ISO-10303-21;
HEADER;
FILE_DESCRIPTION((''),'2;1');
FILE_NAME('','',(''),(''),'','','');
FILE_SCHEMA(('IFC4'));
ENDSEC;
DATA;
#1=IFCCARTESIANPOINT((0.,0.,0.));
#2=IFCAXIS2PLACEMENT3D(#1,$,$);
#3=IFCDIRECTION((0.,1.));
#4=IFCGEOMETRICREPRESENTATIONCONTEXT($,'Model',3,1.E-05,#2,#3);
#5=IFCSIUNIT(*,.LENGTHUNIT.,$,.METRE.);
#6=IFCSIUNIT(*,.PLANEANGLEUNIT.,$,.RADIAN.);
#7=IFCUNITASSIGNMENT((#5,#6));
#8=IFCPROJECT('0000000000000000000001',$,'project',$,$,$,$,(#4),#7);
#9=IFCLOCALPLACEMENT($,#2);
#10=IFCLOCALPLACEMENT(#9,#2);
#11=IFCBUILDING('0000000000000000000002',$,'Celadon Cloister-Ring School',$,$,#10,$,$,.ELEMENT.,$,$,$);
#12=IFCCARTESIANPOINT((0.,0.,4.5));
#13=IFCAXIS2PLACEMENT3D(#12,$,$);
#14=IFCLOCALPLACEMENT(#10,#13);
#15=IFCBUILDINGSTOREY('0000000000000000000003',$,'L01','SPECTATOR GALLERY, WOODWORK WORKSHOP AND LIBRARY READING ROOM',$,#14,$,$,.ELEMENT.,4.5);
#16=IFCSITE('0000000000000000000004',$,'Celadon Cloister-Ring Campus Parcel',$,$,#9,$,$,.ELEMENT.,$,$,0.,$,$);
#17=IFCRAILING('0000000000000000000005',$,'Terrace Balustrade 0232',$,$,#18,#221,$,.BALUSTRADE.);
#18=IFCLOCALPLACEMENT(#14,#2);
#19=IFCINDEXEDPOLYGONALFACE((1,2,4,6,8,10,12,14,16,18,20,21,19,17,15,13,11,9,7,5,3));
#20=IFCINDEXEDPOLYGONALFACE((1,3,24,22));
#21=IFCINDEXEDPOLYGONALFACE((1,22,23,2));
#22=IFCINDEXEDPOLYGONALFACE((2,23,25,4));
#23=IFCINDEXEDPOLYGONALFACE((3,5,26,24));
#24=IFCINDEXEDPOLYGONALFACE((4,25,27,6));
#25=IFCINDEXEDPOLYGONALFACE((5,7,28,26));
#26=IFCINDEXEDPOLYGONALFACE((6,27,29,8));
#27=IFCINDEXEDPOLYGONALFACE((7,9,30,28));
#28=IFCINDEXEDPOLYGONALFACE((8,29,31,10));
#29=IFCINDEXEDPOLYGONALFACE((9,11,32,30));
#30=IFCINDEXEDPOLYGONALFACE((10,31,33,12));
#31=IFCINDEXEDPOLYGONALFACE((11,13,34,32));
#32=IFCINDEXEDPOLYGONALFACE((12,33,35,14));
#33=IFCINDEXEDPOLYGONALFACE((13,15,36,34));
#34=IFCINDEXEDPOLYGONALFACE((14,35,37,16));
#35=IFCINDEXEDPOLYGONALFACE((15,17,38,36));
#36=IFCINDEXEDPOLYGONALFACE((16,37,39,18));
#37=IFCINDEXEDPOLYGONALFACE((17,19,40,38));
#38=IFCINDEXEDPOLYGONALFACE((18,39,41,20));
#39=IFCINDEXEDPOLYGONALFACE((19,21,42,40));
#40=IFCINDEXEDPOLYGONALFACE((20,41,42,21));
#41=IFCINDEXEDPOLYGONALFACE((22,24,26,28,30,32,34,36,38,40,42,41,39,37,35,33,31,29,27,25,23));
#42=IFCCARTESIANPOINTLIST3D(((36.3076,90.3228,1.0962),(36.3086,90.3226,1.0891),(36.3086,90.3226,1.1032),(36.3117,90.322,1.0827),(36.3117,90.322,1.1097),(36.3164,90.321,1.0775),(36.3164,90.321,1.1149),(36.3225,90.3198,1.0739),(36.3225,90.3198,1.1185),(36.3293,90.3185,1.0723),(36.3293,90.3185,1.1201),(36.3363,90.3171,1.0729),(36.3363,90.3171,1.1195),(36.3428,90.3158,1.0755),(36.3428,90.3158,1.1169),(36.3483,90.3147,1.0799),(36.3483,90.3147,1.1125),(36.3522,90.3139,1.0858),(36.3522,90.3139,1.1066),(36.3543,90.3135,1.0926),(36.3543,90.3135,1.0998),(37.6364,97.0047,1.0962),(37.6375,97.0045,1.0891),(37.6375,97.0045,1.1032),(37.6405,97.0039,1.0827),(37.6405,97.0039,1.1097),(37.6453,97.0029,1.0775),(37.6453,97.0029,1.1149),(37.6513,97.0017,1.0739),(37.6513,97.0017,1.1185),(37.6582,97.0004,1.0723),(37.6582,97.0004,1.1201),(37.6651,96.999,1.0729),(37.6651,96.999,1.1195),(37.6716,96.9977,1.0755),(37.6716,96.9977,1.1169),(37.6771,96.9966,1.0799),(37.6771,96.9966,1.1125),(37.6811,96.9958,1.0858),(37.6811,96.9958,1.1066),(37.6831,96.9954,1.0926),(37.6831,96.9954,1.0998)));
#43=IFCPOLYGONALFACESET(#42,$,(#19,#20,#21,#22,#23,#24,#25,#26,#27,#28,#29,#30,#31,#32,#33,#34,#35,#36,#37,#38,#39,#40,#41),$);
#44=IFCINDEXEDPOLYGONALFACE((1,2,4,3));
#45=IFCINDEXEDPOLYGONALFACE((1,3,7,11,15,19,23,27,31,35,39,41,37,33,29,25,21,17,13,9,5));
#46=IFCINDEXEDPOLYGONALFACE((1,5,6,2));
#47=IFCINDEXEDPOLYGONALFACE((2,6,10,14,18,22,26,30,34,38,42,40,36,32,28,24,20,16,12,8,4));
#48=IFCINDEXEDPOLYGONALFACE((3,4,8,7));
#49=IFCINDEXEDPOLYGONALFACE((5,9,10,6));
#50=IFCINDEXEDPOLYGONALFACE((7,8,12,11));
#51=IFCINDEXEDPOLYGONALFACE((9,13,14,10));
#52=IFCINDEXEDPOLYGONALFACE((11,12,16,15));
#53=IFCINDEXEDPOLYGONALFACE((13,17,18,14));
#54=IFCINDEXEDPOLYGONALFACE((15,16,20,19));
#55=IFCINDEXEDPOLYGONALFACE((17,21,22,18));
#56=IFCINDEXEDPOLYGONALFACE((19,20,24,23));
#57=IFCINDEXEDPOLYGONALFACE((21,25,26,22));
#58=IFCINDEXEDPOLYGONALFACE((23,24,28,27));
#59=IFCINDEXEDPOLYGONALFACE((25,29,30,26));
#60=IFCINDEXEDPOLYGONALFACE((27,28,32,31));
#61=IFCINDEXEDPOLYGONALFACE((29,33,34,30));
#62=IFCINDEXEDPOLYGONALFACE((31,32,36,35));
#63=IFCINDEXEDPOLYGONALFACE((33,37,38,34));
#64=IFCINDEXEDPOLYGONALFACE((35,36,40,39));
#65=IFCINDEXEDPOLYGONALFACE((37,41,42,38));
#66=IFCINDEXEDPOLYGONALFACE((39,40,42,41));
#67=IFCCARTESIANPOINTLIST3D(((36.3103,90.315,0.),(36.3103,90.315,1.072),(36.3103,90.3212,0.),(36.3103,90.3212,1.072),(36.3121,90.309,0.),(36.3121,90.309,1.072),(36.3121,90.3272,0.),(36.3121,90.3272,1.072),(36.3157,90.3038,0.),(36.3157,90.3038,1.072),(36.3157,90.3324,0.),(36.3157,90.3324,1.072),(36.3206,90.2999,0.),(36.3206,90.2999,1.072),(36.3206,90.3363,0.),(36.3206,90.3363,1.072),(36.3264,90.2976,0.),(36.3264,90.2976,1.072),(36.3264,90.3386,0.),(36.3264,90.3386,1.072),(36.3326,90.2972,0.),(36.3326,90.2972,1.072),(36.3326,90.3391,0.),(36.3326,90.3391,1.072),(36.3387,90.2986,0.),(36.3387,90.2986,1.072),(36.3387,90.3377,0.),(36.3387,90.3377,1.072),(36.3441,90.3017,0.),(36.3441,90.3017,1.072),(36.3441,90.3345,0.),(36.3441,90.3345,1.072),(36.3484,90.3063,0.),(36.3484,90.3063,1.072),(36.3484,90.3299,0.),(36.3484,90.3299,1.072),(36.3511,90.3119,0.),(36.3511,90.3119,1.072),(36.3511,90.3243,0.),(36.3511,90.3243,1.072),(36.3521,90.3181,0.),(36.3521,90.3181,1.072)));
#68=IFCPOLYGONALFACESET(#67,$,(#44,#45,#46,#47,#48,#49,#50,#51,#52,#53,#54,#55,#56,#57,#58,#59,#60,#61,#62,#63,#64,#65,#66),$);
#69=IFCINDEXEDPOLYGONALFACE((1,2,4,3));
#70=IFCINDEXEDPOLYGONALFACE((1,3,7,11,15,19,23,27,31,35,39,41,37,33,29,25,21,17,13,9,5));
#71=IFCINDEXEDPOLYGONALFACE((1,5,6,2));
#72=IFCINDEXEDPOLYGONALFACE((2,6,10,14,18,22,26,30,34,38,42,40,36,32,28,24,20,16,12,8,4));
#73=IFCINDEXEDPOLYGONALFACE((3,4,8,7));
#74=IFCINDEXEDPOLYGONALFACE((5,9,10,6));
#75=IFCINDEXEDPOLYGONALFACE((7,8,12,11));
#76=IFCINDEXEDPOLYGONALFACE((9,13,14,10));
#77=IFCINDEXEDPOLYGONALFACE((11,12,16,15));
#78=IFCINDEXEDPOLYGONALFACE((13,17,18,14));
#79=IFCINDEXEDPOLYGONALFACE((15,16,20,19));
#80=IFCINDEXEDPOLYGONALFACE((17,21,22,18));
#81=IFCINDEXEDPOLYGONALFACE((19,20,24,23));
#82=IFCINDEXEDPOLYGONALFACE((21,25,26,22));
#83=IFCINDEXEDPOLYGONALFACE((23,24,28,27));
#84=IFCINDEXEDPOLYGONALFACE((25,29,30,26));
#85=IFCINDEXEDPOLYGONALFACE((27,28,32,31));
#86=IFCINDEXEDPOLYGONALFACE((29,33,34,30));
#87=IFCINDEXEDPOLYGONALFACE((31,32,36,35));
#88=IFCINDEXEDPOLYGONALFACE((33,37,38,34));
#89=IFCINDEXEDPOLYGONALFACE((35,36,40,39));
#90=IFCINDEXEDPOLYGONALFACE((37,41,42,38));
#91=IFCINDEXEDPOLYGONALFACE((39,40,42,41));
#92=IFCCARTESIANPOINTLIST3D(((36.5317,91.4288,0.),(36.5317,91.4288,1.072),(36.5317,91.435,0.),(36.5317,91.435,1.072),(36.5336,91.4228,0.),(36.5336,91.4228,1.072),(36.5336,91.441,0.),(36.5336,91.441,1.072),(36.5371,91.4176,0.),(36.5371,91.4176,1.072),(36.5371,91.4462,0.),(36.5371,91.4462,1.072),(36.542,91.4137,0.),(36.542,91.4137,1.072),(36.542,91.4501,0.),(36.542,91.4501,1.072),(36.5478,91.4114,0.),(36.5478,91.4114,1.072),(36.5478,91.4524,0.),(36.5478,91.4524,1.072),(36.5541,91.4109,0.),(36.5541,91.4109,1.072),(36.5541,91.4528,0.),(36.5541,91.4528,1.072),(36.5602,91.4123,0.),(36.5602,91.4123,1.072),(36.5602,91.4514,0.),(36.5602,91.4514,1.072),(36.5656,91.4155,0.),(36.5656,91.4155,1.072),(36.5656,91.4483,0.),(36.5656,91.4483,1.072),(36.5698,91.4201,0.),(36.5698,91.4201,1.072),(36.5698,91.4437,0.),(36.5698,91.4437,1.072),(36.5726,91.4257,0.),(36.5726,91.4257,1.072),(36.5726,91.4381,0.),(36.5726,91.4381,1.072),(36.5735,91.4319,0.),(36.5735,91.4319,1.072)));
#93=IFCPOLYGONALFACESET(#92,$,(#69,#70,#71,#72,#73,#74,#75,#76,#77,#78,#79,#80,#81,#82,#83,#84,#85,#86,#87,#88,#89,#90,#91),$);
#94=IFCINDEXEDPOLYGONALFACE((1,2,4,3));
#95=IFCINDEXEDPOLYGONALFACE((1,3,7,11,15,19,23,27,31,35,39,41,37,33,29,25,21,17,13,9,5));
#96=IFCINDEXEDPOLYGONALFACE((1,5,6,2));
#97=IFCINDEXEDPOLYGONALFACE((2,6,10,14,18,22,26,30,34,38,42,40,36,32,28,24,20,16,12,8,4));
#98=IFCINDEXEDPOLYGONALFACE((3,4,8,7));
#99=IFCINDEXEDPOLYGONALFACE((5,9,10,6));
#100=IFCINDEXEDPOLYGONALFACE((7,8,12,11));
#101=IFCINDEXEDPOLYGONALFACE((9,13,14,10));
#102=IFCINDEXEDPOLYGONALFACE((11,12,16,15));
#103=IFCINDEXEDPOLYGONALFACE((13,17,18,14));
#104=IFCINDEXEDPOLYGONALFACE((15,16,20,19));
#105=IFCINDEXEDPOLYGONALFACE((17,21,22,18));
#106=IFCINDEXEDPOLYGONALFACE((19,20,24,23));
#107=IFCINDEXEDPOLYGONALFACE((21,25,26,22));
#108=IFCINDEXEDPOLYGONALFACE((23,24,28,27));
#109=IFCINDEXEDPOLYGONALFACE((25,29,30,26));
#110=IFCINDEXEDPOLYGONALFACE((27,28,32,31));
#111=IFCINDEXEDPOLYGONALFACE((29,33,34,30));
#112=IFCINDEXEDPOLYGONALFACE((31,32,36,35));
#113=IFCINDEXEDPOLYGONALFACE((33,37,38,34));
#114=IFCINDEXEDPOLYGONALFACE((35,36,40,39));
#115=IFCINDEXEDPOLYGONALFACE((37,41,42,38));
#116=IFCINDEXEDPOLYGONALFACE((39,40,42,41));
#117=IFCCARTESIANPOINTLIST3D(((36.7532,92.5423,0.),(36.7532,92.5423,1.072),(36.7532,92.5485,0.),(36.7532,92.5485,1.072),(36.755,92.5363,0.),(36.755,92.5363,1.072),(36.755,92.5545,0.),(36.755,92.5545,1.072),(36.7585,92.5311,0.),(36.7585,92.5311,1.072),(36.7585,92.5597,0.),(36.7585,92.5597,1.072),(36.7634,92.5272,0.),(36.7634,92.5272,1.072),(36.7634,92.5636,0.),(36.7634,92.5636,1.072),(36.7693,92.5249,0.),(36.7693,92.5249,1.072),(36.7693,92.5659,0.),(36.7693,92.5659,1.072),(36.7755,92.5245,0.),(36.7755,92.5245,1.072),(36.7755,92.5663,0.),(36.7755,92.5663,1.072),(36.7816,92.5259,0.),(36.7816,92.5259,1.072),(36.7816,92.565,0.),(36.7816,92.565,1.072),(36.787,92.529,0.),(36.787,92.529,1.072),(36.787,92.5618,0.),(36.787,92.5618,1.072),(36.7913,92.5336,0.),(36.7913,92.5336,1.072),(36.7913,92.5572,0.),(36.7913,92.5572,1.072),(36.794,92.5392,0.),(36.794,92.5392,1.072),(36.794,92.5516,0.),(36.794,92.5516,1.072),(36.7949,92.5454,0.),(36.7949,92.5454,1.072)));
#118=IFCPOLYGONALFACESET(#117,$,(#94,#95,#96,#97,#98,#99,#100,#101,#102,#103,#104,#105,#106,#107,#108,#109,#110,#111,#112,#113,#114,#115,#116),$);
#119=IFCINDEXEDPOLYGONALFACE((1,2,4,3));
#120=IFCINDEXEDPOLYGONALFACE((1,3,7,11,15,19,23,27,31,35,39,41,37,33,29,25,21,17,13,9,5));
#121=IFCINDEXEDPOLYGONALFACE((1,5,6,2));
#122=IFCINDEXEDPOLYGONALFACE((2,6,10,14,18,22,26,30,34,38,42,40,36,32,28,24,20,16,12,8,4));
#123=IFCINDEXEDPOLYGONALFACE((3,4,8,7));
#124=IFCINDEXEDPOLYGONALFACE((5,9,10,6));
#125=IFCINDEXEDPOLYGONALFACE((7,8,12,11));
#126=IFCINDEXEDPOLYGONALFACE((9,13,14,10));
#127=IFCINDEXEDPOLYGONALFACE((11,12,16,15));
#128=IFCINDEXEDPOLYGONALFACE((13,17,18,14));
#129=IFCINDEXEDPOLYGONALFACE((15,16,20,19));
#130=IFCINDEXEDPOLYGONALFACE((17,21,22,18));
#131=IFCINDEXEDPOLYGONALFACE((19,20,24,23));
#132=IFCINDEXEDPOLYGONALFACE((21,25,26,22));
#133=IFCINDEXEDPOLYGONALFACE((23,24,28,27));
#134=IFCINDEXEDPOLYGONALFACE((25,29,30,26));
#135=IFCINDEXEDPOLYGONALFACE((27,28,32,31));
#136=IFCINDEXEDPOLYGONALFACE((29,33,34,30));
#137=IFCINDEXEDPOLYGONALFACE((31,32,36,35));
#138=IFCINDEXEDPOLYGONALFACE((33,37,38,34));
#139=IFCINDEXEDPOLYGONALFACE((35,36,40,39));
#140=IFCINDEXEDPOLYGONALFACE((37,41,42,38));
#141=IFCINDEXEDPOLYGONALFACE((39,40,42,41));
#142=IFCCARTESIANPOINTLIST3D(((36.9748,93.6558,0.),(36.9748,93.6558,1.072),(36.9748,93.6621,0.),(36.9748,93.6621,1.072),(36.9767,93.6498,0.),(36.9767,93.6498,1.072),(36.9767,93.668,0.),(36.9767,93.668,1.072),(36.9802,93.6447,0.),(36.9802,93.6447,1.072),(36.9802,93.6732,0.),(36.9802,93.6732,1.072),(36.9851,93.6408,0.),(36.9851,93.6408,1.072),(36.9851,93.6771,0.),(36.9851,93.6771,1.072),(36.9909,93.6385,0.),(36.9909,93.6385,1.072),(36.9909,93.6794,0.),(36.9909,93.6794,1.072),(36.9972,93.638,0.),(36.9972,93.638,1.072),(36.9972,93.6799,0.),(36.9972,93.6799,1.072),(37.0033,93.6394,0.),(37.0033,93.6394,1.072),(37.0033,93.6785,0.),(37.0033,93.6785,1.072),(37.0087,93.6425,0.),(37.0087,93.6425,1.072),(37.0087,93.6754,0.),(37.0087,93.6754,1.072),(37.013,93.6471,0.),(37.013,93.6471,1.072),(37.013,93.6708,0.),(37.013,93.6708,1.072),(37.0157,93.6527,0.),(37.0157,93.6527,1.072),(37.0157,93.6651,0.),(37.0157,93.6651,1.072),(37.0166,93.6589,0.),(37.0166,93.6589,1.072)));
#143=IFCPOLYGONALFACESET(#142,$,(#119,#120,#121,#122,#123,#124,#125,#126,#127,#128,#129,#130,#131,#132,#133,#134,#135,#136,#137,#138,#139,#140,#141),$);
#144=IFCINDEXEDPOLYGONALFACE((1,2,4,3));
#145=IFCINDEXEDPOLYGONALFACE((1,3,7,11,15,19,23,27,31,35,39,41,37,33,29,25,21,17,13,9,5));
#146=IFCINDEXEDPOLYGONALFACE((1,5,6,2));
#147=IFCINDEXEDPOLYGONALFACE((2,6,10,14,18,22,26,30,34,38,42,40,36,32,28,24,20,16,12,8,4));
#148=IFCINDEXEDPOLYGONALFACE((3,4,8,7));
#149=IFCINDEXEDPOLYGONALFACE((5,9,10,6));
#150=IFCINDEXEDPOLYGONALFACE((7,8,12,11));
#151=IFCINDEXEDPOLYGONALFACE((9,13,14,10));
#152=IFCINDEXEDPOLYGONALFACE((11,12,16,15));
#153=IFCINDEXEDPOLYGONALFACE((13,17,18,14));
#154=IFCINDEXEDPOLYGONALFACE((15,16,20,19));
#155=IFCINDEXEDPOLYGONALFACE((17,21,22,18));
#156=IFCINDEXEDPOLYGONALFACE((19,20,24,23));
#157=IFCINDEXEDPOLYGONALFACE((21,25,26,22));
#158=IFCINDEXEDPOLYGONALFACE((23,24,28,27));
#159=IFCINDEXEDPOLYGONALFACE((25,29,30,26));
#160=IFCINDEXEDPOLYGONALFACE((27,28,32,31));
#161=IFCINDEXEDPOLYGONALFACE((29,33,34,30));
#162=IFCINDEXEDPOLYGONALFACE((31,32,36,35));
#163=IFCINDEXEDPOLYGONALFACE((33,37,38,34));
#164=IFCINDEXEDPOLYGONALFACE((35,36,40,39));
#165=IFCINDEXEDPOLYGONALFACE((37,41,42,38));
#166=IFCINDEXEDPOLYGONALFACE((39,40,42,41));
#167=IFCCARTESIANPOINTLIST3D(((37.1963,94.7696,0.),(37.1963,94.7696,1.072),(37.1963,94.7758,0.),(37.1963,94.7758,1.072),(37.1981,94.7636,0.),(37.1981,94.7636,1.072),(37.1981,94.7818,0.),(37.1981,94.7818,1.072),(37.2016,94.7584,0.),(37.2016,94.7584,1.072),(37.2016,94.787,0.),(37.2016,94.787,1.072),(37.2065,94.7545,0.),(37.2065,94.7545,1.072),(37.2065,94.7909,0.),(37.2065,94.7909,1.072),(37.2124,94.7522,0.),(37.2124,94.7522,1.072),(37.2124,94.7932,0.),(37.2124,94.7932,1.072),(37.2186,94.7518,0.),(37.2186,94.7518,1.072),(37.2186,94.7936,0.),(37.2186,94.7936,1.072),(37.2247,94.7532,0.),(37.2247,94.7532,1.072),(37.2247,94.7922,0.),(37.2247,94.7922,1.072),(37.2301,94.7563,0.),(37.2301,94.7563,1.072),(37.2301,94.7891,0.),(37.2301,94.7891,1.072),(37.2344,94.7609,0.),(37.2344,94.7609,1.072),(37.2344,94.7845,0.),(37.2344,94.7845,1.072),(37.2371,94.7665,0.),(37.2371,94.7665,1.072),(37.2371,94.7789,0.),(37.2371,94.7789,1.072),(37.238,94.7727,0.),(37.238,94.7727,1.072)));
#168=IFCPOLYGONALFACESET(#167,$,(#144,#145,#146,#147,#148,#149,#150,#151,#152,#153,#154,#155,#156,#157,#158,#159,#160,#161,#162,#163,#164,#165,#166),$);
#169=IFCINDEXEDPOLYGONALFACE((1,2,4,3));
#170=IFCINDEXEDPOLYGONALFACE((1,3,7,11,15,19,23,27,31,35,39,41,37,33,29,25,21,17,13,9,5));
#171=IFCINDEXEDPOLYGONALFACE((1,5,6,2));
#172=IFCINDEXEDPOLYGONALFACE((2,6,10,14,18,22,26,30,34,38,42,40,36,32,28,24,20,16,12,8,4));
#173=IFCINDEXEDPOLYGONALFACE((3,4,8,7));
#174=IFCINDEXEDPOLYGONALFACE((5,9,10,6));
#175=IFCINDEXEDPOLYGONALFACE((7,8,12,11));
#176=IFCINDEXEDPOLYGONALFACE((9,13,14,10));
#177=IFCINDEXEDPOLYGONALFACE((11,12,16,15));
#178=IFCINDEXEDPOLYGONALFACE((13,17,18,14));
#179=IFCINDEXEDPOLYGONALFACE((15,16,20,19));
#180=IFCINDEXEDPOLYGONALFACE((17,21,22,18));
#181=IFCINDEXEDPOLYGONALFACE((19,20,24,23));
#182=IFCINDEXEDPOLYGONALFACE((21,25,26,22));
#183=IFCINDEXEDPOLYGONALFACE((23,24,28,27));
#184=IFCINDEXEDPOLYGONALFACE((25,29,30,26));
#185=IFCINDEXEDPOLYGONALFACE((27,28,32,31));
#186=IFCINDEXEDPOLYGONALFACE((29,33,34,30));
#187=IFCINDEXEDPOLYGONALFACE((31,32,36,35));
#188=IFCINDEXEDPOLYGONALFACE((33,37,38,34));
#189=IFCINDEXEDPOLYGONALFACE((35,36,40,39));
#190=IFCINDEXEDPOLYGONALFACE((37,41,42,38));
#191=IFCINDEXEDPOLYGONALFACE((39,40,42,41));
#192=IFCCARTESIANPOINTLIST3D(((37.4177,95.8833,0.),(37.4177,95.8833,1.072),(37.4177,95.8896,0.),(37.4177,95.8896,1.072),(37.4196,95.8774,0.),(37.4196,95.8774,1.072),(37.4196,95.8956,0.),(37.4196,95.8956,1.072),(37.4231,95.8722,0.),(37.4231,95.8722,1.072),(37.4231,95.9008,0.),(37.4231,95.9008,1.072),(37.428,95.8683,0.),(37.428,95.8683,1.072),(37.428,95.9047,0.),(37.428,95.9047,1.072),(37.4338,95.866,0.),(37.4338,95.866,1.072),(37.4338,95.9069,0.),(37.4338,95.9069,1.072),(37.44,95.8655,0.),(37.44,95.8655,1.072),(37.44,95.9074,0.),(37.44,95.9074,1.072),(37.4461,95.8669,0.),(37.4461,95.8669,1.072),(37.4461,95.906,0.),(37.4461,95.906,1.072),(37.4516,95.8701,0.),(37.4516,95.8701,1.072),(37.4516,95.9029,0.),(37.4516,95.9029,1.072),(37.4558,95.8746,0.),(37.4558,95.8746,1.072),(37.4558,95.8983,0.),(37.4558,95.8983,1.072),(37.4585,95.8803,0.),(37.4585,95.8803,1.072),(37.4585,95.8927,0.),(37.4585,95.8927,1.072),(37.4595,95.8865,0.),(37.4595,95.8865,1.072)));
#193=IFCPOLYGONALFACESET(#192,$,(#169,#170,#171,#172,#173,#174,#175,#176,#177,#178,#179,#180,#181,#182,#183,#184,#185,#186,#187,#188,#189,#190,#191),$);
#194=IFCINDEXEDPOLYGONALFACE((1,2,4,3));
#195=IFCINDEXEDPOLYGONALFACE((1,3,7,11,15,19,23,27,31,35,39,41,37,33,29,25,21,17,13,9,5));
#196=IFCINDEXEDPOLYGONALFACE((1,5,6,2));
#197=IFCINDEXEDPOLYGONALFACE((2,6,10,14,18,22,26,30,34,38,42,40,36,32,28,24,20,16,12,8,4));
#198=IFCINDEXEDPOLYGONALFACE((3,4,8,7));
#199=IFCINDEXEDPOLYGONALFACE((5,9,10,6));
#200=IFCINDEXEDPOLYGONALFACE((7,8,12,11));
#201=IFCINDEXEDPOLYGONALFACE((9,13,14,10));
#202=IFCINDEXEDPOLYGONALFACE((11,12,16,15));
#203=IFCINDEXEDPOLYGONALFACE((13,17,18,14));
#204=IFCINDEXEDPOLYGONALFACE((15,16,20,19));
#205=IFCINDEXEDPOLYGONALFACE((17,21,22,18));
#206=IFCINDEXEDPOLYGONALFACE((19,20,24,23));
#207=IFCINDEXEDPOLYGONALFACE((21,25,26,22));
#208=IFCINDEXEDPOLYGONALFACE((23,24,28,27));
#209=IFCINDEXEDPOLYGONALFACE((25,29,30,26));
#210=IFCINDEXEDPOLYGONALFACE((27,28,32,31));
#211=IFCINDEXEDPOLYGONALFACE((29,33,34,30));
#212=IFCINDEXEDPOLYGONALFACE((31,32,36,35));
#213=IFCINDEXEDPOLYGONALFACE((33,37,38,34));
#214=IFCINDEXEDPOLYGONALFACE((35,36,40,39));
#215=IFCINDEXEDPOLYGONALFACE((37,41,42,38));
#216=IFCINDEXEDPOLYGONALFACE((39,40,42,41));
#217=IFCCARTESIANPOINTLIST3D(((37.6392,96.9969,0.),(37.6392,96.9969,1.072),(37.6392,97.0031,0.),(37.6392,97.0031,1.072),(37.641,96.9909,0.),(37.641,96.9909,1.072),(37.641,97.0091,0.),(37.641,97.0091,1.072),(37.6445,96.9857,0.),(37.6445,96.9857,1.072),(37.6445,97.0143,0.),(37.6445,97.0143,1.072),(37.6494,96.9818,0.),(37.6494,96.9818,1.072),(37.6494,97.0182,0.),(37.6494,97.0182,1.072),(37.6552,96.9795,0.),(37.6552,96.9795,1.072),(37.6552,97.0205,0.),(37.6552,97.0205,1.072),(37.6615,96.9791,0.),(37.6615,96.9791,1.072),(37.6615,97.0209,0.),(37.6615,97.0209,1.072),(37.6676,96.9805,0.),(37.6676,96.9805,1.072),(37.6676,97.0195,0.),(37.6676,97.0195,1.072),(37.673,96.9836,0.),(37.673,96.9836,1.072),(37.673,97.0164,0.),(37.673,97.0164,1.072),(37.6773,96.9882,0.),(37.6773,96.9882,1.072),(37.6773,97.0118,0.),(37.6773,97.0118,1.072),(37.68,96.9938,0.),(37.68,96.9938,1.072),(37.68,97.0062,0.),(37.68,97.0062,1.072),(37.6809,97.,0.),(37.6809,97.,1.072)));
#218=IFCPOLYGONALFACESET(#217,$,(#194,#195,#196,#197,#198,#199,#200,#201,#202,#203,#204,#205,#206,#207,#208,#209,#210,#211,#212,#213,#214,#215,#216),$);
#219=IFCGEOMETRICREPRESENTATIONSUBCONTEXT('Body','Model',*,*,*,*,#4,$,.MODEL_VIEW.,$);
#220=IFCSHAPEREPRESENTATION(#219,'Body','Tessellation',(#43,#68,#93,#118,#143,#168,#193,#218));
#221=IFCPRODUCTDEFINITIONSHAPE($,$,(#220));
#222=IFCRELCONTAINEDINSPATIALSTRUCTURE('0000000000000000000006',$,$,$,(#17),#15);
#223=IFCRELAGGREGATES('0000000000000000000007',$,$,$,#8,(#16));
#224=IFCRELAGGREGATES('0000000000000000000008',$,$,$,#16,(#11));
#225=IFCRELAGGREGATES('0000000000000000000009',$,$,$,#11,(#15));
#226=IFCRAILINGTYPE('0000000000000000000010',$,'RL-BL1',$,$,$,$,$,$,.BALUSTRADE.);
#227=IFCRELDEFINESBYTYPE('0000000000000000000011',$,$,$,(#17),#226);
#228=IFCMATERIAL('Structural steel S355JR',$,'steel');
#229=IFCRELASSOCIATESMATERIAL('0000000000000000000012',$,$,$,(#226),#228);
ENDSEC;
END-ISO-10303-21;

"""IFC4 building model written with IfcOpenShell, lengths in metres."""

from ifc_helpers import new_model, si_unit, direction, frame, origin, origin_2d, place, context, subcontext, project, spatial, circle, extrude, material, type_object, element, save


model = new_model("IFC4")

# Units and contexts
model_context = context("Model", 3, precision=1e-05, world=origin(), true_north=direction((0.0, 1.0)))
body_context = subcontext(model_context, "Body", "Model", "MODEL_VIEW")
ifc_project = project(units=[si_unit("LENGTHUNIT", "METRE"), si_unit("PLANEANGLEUNIT", "RADIAN")], contexts=[model_context])

# Site, building, storey
site_placement = place(None, origin())
site = spatial("IfcSite", under=ifc_project, at=site_placement, Name="Celadon Cloister-Ring Campus Parcel", CompositionType="ELEMENT", RefElevation=0.0)
building_placement = place(site_placement, origin())
building = spatial("IfcBuilding", under=site, at=building_placement, Name="Celadon Cloister-Ring School", CompositionType="ELEMENT")
storey_placement = place(building_placement, frame((0.0, 0.0, 4.5)))
storey = spatial("IfcBuildingStorey", under=building, at=storey_placement, Name="L01", Description="SPECTATOR GALLERY, WOODWORK WORKSHOP AND LIBRARY READING ROOM", CompositionType="ELEMENT", Elevation=4.5)

# Railing
ifc_material_1 = material(Name="Structural steel S355JR", Category="steel")
railing_type = type_object("IfcRailingType", Name="RL-BL1", PredefinedType="BALUSTRADE", material=ifc_material_1)
railing_1_placement = place(storey_placement, frame((36.3311, 90.3181, 0.0)))
element("IfcRailing", 1, at=railing_1_placement, inside=storey, type_object=railing_type, Name="Terrace Balustrade 0232", PredefinedType="BALUSTRADE", context=body_context, shape_type="SweptSolid", body=[
    extrude(circle(Radius=0.0239, at=origin_2d()), frame((0.0, 0.0, 1.0962), z_axis=(0.195055, 0.980792, 0.0), x_axis=(-0.980792, 0.195055, 0.0)), (0.0, 0.0, 1.0), 6.8127),
    extrude(circle(Radius=0.021, at=origin_2d()), origin(), (0.0, 0.0, 1.0), 1.072),
    extrude(circle(Radius=0.021, at=origin_2d()), frame((0.2214, 1.1138, 0.0)), (0.0, 0.0, 1.0), 1.072),
    extrude(circle(Radius=0.021, at=origin_2d()), frame((0.4429, 2.2273, 0.0)), (0.0, 0.0, 1.0), 1.072),
    extrude(circle(Radius=0.021, at=origin_2d()), frame((0.6646, 3.3408, 0.0)), (0.0, 0.0, 1.0), 1.072),
    extrude(circle(Radius=0.021, at=origin_2d()), frame((0.886, 4.4546, 0.0)), (0.0, 0.0, 1.0), 1.072),
    extrude(circle(Radius=0.021, at=origin_2d()), frame((1.1074, 5.5684, 0.0)), (0.0, 0.0, 1.0), 1.072),
    extrude(circle(Radius=0.021, at=origin_2d()), frame((1.3289, 6.6819, 0.0)), (0.0, 0.0, 1.0), 1.072),
])

save(model, "model.ifc")
